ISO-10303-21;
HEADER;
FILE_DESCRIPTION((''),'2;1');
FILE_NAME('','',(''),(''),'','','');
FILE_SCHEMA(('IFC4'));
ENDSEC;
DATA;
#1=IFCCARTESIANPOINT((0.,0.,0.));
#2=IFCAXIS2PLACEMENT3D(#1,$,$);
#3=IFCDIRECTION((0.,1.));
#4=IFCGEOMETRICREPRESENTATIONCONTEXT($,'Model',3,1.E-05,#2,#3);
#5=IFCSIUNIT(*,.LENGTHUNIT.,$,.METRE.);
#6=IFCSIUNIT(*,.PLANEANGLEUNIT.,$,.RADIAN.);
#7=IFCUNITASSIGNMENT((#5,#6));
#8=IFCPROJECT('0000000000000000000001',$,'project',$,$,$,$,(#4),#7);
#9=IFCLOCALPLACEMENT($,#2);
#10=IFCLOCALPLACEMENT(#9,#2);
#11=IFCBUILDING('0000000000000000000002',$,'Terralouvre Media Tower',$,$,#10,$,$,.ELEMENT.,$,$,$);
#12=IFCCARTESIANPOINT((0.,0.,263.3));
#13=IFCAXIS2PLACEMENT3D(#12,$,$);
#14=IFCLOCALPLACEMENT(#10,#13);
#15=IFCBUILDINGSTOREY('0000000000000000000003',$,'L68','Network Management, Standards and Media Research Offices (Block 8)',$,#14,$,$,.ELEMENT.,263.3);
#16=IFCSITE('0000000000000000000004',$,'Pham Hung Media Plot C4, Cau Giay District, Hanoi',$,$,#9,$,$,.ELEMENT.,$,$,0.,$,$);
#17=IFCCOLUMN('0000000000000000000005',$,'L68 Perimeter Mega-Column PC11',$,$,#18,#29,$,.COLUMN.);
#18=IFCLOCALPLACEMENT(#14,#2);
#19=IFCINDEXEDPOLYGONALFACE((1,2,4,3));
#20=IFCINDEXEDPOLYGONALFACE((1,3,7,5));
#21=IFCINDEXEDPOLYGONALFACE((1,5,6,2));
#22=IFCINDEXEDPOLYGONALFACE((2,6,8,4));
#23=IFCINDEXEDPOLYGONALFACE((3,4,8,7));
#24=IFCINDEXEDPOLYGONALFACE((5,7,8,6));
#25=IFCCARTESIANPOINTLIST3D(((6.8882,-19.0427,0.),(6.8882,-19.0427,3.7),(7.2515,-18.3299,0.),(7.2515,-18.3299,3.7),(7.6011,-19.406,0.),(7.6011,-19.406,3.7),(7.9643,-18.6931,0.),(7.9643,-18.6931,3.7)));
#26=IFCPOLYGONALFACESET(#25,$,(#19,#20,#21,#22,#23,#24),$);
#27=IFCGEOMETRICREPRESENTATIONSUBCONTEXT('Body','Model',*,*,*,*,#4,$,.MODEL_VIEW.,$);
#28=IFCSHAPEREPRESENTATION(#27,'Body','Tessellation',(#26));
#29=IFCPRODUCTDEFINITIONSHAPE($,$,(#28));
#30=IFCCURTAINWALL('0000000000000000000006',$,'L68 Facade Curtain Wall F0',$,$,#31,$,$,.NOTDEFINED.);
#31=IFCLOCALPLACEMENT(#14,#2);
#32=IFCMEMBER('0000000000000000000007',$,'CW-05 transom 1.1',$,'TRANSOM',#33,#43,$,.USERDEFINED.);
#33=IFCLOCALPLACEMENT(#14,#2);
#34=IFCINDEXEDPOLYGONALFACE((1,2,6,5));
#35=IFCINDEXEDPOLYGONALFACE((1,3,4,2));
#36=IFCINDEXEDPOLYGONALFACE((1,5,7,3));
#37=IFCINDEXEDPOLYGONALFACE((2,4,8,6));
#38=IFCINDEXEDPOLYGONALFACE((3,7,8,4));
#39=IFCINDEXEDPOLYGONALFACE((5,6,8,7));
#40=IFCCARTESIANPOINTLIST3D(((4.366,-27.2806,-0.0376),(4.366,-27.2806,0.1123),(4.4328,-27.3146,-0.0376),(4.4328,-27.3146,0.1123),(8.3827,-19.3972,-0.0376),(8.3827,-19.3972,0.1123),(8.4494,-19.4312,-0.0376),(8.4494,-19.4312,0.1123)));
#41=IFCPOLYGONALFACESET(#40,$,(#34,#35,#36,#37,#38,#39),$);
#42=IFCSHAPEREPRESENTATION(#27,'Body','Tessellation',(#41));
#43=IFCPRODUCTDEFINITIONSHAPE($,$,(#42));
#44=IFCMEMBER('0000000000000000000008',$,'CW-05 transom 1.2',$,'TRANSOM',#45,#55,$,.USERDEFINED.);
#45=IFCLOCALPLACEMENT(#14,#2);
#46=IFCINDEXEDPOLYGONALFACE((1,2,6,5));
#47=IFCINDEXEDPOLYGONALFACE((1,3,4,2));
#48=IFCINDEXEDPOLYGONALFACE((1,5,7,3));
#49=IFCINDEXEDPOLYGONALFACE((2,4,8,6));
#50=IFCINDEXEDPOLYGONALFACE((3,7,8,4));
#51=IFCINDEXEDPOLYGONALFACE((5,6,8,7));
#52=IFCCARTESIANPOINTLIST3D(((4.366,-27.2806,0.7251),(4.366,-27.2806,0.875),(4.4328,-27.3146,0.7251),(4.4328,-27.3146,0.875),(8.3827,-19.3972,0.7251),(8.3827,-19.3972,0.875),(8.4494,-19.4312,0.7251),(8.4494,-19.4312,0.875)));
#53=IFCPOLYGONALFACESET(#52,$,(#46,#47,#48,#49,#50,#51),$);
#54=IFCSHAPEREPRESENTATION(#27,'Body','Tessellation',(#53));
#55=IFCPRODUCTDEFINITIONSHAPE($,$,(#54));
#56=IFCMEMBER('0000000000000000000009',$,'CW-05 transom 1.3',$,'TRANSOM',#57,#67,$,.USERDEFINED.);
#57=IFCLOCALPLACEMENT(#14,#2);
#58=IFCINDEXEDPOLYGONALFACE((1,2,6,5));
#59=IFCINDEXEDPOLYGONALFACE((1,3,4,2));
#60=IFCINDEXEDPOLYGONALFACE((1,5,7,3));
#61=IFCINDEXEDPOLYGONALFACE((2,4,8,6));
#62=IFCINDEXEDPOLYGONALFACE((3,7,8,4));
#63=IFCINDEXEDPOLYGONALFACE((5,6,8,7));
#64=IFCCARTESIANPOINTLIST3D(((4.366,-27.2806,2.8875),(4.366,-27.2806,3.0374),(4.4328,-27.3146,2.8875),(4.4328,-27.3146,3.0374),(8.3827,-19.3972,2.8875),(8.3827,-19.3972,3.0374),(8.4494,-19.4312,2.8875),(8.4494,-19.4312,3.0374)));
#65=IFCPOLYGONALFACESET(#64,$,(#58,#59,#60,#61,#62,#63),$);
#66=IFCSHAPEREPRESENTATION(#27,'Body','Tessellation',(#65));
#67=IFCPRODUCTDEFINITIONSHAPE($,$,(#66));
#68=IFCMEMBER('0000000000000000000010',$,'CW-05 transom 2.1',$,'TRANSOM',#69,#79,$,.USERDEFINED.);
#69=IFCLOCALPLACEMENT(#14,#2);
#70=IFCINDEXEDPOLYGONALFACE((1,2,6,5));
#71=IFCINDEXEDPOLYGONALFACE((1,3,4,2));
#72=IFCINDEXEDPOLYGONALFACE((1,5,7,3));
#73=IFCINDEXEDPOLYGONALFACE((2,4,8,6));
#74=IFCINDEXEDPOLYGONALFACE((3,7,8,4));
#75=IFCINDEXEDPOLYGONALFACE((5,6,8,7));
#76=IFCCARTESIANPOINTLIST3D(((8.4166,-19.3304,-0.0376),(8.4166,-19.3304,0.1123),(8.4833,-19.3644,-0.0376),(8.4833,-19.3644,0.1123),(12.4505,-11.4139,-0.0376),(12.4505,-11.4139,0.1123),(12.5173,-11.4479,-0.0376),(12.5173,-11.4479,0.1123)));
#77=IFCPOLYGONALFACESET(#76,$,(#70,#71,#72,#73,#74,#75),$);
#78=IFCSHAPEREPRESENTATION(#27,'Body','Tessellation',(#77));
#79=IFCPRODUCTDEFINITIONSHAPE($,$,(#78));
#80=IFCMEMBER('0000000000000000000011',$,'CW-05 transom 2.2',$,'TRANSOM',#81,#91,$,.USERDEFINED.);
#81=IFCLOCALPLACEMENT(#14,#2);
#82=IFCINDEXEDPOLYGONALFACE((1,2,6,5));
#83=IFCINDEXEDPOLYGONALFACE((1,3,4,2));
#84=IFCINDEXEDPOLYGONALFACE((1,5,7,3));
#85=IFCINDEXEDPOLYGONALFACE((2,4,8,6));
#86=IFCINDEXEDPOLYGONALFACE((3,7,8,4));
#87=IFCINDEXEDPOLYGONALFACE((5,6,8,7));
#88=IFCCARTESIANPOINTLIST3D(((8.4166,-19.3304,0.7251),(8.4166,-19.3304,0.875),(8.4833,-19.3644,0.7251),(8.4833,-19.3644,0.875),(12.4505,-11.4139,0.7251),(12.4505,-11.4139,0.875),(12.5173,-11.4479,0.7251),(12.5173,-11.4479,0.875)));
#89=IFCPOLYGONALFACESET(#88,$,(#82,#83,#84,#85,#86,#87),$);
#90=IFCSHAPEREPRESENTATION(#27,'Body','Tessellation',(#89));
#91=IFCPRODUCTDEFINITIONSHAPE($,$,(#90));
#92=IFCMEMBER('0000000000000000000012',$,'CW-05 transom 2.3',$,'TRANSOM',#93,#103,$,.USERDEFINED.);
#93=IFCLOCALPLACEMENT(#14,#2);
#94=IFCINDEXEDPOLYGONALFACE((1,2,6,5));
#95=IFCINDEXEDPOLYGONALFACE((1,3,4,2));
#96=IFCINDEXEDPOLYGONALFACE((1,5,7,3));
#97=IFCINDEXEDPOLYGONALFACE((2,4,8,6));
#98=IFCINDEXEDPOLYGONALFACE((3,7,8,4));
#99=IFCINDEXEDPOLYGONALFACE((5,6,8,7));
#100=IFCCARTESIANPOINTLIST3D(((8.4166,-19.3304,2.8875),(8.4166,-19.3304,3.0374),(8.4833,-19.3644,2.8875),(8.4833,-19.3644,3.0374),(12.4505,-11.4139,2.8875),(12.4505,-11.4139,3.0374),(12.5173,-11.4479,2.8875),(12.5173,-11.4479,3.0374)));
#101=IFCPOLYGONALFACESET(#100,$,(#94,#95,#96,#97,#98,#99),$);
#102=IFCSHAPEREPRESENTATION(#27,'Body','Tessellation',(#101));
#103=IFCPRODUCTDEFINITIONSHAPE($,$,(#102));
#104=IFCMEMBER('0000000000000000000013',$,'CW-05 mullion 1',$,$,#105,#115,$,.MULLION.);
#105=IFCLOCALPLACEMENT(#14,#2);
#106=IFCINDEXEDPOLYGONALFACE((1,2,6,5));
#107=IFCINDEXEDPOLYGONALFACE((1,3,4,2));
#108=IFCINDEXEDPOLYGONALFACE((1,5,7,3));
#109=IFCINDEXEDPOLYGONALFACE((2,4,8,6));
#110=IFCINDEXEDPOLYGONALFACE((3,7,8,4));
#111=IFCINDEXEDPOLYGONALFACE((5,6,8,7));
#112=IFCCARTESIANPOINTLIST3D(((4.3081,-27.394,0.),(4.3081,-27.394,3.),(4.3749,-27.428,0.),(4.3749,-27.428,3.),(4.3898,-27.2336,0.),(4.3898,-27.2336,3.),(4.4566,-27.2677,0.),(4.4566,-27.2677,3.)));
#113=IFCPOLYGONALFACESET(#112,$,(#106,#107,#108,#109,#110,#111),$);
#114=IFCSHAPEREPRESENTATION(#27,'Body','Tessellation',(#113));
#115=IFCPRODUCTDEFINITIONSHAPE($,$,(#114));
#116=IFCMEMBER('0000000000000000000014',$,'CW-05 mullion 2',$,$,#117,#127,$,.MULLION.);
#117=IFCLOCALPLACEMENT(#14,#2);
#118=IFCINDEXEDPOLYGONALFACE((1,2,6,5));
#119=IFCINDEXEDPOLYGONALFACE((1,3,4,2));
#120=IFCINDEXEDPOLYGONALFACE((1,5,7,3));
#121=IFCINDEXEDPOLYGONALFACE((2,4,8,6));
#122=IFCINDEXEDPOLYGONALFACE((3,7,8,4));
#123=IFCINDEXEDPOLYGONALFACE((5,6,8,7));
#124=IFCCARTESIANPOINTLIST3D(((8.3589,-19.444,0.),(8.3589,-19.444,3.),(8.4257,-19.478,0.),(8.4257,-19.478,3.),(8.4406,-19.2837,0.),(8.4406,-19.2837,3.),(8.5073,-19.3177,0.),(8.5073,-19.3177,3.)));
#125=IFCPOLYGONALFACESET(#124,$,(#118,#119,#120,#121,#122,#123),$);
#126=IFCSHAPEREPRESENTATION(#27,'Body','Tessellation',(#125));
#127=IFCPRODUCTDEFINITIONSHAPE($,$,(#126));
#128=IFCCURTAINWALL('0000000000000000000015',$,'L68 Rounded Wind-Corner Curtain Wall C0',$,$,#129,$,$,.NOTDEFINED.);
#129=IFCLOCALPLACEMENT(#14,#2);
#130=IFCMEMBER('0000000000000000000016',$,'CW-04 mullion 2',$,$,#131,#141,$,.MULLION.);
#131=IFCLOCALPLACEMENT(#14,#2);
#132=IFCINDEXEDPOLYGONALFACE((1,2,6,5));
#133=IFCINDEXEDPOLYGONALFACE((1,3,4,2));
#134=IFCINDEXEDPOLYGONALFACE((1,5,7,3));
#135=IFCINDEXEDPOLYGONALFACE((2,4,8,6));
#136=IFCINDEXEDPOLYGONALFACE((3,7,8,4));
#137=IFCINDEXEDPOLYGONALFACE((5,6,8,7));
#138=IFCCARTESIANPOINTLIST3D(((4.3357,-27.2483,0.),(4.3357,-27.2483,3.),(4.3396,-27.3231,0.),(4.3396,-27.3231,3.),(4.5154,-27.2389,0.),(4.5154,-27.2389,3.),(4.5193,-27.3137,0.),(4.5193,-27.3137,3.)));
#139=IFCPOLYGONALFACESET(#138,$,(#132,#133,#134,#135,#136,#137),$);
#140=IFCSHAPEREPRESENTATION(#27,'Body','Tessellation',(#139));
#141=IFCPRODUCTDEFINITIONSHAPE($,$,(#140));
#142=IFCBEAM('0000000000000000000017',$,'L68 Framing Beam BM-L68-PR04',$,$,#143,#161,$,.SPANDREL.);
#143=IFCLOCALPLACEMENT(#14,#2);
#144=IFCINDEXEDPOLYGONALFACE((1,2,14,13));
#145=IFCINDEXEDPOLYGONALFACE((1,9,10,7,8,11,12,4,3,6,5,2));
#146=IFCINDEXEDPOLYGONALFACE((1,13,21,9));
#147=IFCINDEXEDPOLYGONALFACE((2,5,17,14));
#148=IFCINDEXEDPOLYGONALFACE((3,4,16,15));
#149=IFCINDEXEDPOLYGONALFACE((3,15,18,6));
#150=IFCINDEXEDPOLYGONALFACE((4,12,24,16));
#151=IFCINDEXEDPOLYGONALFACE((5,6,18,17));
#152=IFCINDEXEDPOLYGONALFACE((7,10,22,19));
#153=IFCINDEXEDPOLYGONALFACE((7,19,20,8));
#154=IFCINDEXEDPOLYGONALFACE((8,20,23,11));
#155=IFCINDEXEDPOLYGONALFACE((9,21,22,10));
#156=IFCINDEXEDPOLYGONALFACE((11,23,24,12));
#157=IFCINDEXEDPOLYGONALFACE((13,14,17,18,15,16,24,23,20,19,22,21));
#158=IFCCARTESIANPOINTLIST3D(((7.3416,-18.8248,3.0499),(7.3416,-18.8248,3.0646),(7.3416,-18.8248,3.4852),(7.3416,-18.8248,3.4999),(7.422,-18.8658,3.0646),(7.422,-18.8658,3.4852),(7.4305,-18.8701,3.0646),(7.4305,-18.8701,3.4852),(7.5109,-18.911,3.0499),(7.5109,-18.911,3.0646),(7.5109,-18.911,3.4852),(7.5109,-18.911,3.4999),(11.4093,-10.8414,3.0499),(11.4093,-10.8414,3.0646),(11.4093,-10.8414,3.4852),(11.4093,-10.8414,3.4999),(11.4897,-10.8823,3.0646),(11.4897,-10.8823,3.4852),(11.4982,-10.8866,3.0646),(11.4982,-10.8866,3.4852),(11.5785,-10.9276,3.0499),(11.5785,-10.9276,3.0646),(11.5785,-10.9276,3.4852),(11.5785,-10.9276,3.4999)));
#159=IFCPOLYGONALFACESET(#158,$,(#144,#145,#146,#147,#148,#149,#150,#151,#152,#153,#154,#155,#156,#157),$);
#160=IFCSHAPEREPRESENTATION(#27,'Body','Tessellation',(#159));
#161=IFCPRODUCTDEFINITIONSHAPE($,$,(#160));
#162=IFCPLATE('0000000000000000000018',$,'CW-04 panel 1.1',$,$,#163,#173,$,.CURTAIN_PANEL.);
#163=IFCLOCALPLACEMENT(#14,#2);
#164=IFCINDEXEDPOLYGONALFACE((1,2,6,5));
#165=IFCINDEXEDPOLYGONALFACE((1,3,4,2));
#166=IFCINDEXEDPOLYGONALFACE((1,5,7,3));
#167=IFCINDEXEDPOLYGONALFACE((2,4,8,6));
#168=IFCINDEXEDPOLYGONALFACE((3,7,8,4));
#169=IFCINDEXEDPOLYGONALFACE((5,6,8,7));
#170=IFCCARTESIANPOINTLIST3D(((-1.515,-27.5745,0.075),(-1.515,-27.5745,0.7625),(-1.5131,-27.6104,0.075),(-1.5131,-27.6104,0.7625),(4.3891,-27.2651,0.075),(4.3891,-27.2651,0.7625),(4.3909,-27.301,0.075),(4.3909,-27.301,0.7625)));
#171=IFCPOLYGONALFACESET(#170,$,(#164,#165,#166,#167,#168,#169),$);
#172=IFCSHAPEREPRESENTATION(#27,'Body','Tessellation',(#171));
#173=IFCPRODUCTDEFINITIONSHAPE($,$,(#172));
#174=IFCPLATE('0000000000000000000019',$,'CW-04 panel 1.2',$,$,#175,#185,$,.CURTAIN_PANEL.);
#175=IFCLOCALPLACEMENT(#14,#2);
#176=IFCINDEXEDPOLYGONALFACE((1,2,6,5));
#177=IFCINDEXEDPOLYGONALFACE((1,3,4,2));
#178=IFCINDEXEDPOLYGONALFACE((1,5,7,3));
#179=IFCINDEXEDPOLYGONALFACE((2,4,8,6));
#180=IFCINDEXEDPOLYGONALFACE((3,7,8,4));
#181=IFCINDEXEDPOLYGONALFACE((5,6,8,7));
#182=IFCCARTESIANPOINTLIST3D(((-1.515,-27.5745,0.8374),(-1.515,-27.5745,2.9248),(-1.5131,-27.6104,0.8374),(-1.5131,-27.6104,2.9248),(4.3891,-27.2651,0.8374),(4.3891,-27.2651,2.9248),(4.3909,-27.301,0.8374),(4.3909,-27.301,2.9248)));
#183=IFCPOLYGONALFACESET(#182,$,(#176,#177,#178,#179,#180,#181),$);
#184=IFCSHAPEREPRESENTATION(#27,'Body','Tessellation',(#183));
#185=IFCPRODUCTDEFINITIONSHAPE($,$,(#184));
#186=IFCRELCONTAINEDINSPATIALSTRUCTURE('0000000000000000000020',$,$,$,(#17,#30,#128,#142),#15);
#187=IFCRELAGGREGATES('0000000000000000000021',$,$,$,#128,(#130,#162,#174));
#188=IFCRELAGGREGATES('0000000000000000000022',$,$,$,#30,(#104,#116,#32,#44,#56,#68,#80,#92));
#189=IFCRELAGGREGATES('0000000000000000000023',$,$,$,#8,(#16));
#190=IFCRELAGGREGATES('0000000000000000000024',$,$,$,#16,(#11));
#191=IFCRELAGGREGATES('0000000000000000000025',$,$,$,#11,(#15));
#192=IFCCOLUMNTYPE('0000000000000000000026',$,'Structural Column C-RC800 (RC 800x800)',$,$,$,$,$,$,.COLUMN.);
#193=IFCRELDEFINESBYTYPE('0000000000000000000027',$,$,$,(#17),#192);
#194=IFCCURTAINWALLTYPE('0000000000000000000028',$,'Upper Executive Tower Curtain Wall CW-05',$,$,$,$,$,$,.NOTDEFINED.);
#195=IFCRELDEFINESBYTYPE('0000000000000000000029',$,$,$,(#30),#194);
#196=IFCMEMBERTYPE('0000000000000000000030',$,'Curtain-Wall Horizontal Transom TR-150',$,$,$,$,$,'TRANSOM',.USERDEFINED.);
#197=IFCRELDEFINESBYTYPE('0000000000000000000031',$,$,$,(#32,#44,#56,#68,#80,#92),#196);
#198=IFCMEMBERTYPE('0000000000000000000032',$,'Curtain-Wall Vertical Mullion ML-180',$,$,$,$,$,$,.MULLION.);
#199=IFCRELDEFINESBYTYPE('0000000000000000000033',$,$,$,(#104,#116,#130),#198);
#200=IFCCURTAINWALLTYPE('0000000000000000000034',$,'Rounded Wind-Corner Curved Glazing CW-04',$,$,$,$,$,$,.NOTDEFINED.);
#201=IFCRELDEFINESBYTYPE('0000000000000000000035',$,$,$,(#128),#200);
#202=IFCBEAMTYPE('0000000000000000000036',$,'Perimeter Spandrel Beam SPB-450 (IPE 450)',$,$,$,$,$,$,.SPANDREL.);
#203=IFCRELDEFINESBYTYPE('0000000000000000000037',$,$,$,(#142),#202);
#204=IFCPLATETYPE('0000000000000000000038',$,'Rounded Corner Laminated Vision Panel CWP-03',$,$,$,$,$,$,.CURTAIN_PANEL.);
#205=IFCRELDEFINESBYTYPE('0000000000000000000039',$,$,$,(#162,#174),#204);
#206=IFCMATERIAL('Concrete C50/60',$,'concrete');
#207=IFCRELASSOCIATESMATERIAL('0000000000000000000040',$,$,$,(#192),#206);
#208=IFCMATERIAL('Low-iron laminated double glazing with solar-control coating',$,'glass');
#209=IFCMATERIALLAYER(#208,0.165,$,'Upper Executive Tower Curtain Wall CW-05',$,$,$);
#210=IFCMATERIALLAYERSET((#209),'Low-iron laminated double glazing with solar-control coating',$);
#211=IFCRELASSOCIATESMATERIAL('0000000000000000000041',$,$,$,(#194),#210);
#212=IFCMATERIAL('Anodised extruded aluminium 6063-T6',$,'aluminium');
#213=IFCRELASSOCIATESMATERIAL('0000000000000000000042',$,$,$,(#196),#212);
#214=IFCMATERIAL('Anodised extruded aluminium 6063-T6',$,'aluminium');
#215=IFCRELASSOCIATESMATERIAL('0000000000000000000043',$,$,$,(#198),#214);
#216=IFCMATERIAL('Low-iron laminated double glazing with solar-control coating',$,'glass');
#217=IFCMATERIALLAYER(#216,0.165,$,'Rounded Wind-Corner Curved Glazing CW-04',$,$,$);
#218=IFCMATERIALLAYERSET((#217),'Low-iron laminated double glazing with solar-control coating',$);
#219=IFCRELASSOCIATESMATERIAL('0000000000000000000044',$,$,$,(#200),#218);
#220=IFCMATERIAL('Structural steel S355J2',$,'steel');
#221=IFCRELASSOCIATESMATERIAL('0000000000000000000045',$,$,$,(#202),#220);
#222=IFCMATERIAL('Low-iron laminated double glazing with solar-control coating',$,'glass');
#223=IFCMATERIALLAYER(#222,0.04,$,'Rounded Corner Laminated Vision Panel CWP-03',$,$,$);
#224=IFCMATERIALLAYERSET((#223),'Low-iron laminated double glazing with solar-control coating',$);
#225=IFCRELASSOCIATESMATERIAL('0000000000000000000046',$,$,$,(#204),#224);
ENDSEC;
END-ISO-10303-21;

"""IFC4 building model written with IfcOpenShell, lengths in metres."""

from ifc_helpers import new_model, si_unit, direction, frame, origin, origin_2d, place, context, subcontext, project, spatial, rectangle, i_section, extrude, material, layer, layer_set, material_profile, profile_set, type_object, element, aggregate, save


model = new_model("IFC4")

# Units and contexts
model_context = context("Model", 3, precision=1e-05, world=origin(), true_north=direction((0.0, 1.0)))
body_context = subcontext(model_context, "Body", "Model", "MODEL_VIEW")
ifc_project = project(units=[si_unit("LENGTHUNIT", "METRE"), si_unit("PLANEANGLEUNIT", "RADIAN")], contexts=[model_context])

# Site, building, storey
site_placement = place(None, origin())
site = spatial("IfcSite", under=ifc_project, at=site_placement, Name="Pham Hung Media Plot C4, Cau Giay District, Hanoi", CompositionType="ELEMENT", RefElevation=0.0)
building_placement = place(site_placement, origin())
building = spatial("IfcBuilding", under=site, at=building_placement, Name="Terralouvre Media Tower", CompositionType="ELEMENT")
storey_placement = place(building_placement, frame((0.0, 0.0, 263.3)))
storey = spatial("IfcBuildingStorey", under=building, at=storey_placement, Name="L68", Description="Network Management, Standards and Media Research Offices (Block 8)", CompositionType="ELEMENT", Elevation=263.3)

# Column
ifc_material_1 = material(Name="Concrete C50/60", Category="concrete")
ifc_material_profile_1 = material_profile(ifc_material_1, rectangle(XDim=0.8, YDim=0.8, at=origin_2d()), Name="RC 800x800")
ifc_profile_set_1 = profile_set([ifc_material_profile_1], Name="Concrete C50/60")
column_type = type_object("IfcColumnType", Name="Structural Column C-RC800 (RC 800x800)", PredefinedType="COLUMN", material=ifc_profile_set_1)
column_placement = place(storey_placement, frame((7.4263, -18.8679, 0.0), z_axis=(0.0, 0.0, 1.0), x_axis=(0.45399, 0.891007, 0.0)))
element("IfcColumn", 1, at=column_placement, inside=storey, type_object=column_type, Name="L68 Perimeter Mega-Column PC11", PredefinedType="COLUMN", context=body_context, shape_type="SweptSolid", body=[
    extrude(rectangle(XDim=0.8, YDim=0.8, at=origin_2d()), origin(), (0.0, 0.0, 1.0), 3.7),
])

# Curtain wall, members
ifc_material_2 = material(Name="Low-iron laminated double glazing with solar-control coating", Category="glass")
ifc_layer_1 = layer(ifc_material_2, 0.165, Name="Upper Executive Tower Curtain Wall CW-05")
ifc_layer_set_1 = layer_set([ifc_layer_1], Name="Low-iron laminated double glazing with solar-control coating")
curtain_wall_type_1 = type_object("IfcCurtainWallType", Name="Upper Executive Tower Curtain Wall CW-05", PredefinedType="NOTDEFINED", material=ifc_layer_set_1)
curtain_wall_1_placement = place(storey_placement, origin())
curtain_wall_1 = element("IfcCurtainWall", 2, at=curtain_wall_1_placement, inside=storey, type_object=curtain_wall_type_1, Name="L68 Facade Curtain Wall F0", PredefinedType="NOTDEFINED")
ifc_material_3 = material(Name="Anodised extruded aluminium 6063-T6", Category="aluminium")
ifc_material_profile_2 = material_profile(ifc_material_3, rectangle(XDim=0.075, YDim=0.1499, at=origin_2d()), Name="ALU 75x150")
ifc_profile_set_2 = profile_set([ifc_material_profile_2], Name="Anodised extruded aluminium 6063-T6")
member_type_1 = type_object("IfcMemberType", Name="Curtain-Wall Horizontal Transom TR-150", ElementType="TRANSOM", PredefinedType="USERDEFINED", material=ifc_profile_set_2)
member_1_placement = place(storey_placement, frame((4.3994, -27.2976, 0.0374), z_axis=(0.453978, 0.891013, 0.0), x_axis=(-0.891013, 0.453978, 0.0)))
member_1 = element("IfcMember", 3, at=member_1_placement, type_object=member_type_1, Name="CW-05 transom 1.1", ObjectType="TRANSOM", PredefinedType="USERDEFINED", context=body_context, shape_type="SweptSolid", body=[
    extrude(rectangle(XDim=0.075, YDim=0.1499, at=origin_2d()), origin(), (0.0, 0.0, 1.0), 8.8477),
])
member_2_placement = place(storey_placement, frame((4.3994, -27.2976, 0.8), z_axis=(0.453978, 0.891013, 0.0), x_axis=(-0.891013, 0.453978, 0.0)))
member_2 = element("IfcMember", 4, at=member_2_placement, type_object=member_type_1, Name="CW-05 transom 1.2", ObjectType="TRANSOM", PredefinedType="USERDEFINED", context=body_context, shape_type="SweptSolid", body=[
    extrude(rectangle(XDim=0.075, YDim=0.1499, at=origin_2d()), origin(), (0.0, 0.0, 1.0), 8.8477),
])
member_3_placement = place(storey_placement, frame((4.3994, -27.2976, 2.9624), z_axis=(0.453978, 0.891013, 0.0), x_axis=(-0.891013, 0.453978, 0.0)))
member_3 = element("IfcMember", 5, at=member_3_placement, type_object=member_type_1, Name="CW-05 transom 1.3", ObjectType="TRANSOM", PredefinedType="USERDEFINED", context=body_context, shape_type="SweptSolid", body=[
    extrude(rectangle(XDim=0.075, YDim=0.1499, at=origin_2d()), origin(), (0.0, 0.0, 1.0), 8.8477),
])
member_4_placement = place(storey_placement, frame((8.45, -19.3474, 0.0374), z_axis=(0.454015, 0.890994, 0.0), x_axis=(-0.890994, 0.454015, 0.0)))
member_4 = element("IfcMember", 6, at=member_4_placement, type_object=member_type_1, Name="CW-05 transom 2.1", ObjectType="TRANSOM", PredefinedType="USERDEFINED", context=body_context, shape_type="SweptSolid", body=[
    extrude(rectangle(XDim=0.075, YDim=0.1499, at=origin_2d()), origin(), (0.0, 0.0, 1.0), 8.885),
])
member_5_placement = place(storey_placement, frame((8.45, -19.3474, 0.8), z_axis=(0.454015, 0.890994, 0.0), x_axis=(-0.890994, 0.454015, 0.0)))
member_5 = element("IfcMember", 7, at=member_5_placement, type_object=member_type_1, Name="CW-05 transom 2.2", ObjectType="TRANSOM", PredefinedType="USERDEFINED", context=body_context, shape_type="SweptSolid", body=[
    extrude(rectangle(XDim=0.075, YDim=0.1499, at=origin_2d()), origin(), (0.0, 0.0, 1.0), 8.885),
])
member_6_placement = place(storey_placement, frame((8.45, -19.3474, 2.9624), z_axis=(0.454015, 0.890994, 0.0), x_axis=(-0.890994, 0.454015, 0.0)))
member_6 = element("IfcMember", 8, at=member_6_placement, type_object=member_type_1, Name="CW-05 transom 2.3", ObjectType="TRANSOM", PredefinedType="USERDEFINED", context=body_context, shape_type="SweptSolid", body=[
    extrude(rectangle(XDim=0.075, YDim=0.1499, at=origin_2d()), origin(), (0.0, 0.0, 1.0), 8.885),
])
ifc_material_4 = material(Name="Anodised extruded aluminium 6063-T6", Category="aluminium")
ifc_material_profile_3 = material_profile(ifc_material_4, rectangle(XDim=0.075, YDim=0.1799, at=origin_2d()), Name="ALU 75x180")
ifc_profile_set_3 = profile_set([ifc_material_profile_3], Name="Anodised extruded aluminium 6063-T6")
member_type_2 = type_object("IfcMemberType", Name="Curtain-Wall Vertical Mullion ML-180", PredefinedType="MULLION", material=ifc_profile_set_3)
member_7_placement = place(storey_placement, frame((4.3823, -27.3308, 0.0), z_axis=(0.0, 0.0, 1.0), x_axis=(-0.891007, 0.45399, 0.0)))
member_7 = element("IfcMember", 9, at=member_7_placement, type_object=member_type_2, Name="CW-05 mullion 1", PredefinedType="MULLION", context=body_context, shape_type="SweptSolid", body=[
    extrude(rectangle(XDim=0.075, YDim=0.1799, at=origin_2d()), origin(), (0.0, 0.0, 1.0), 3.0),
])
member_8_placement = place(storey_placement, frame((8.4331, -19.3809, 0.0), z_axis=(0.0, 0.0, 1.0), x_axis=(-0.891007, 0.45399, 0.0)))
member_8 = element("IfcMember", 10, at=member_8_placement, type_object=member_type_2, Name="CW-05 mullion 2", PredefinedType="MULLION", context=body_context, shape_type="SweptSolid", body=[
    extrude(rectangle(XDim=0.075, YDim=0.1799, at=origin_2d()), origin(), (0.0, 0.0, 1.0), 3.0),
])

# Curtain wall, member
ifc_material_5 = material(Name="Low-iron laminated double glazing with solar-control coating", Category="glass")
ifc_layer_2 = layer(ifc_material_5, 0.165, Name="Rounded Wind-Corner Curved Glazing CW-04")
ifc_layer_set_2 = layer_set([ifc_layer_2], Name="Low-iron laminated double glazing with solar-control coating")
curtain_wall_type_2 = type_object("IfcCurtainWallType", Name="Rounded Wind-Corner Curved Glazing CW-04", PredefinedType="NOTDEFINED", material=ifc_layer_set_2)
curtain_wall_2_placement = place(storey_placement, origin())
curtain_wall_2 = element("IfcCurtainWall", 11, at=curtain_wall_2_placement, inside=storey, type_object=curtain_wall_type_2, Name="L68 Rounded Wind-Corner Curtain Wall C0", PredefinedType="NOTDEFINED")
member_9_placement = place(storey_placement, frame((4.4275, -27.281, 0.0), z_axis=(0.0, 0.0, 1.0), x_axis=(-0.052336, 0.99863, 0.0)))
member_9 = element("IfcMember", 12, at=member_9_placement, type_object=member_type_2, Name="CW-04 mullion 2", PredefinedType="MULLION", context=body_context, shape_type="SweptSolid", body=[
    extrude(rectangle(XDim=0.075, YDim=0.1799, at=origin_2d()), origin(), (0.0, 0.0, 1.0), 3.0),
])

# Beam
ifc_material_6 = material(Name="Structural steel S355J2", Category="steel")
ifc_material_profile_4 = material_profile(ifc_material_6, i_section(OverallWidth=0.1899, OverallDepth=0.45, WebThickness=0.0095, FlangeThickness=0.0146, at=origin_2d()), Name="IPE 450")
ifc_profile_set_4 = profile_set([ifc_material_profile_4], Name="Structural steel S355J2")
beam_type = type_object("IfcBeamType", Name="Perimeter Spandrel Beam SPB-450 (IPE 450)", PredefinedType="SPANDREL", material=ifc_profile_set_4)
beam_placement = place(storey_placement, frame((7.4263, -18.8679, 3.2749), z_axis=(0.45398, 0.891012, 0.0), x_axis=(-0.891012, 0.45398, 0.0)))
element("IfcBeam", 13, at=beam_placement, inside=storey, type_object=beam_type, Name="L68 Framing Beam BM-L68-PR04", PredefinedType="SPANDREL", context=body_context, shape_type="SweptSolid", body=[
    extrude(i_section(OverallWidth=0.1899, OverallDepth=0.45, WebThickness=0.0095, FlangeThickness=0.0146, at=origin_2d()), origin(), (0.0, 0.0, 1.0), 8.96),
])

# Plates
ifc_material_7 = material(Name="Low-iron laminated double glazing with solar-control coating", Category="glass")
ifc_layer_3 = layer(ifc_material_7, 0.04, Name="Rounded Corner Laminated Vision Panel CWP-03")
ifc_layer_set_3 = layer_set([ifc_layer_3], Name="Low-iron laminated double glazing with solar-control coating")
plate_type_1 = type_object("IfcPlateType", Name="Rounded Corner Laminated Vision Panel CWP-03", PredefinedType="CURTAIN_PANEL", material=ifc_layer_set_3)
plate_1_placement = place(storey_placement, frame((1.438, -27.4377, 0.075), z_axis=(0.0, 0.0, 1.0), x_axis=(0.99863, 0.052336, 0.0)))
plate_1 = element("IfcPlate", 14, at=plate_1_placement, type_object=plate_type_1, Name="CW-04 panel 1.1", PredefinedType="CURTAIN_PANEL", context=body_context, shape_type="SweptSolid", body=[
    extrude(rectangle(XDim=5.9121, YDim=0.0359, at=origin_2d()), origin(), (0.0, 0.0, 1.0), 0.6875),
])
plate_2_placement = place(storey_placement, frame((1.438, -27.4377, 0.8374), z_axis=(0.0, 0.0, 1.0), x_axis=(0.99863, 0.052336, 0.0)))
plate_2 = element("IfcPlate", 15, at=plate_2_placement, type_object=plate_type_1, Name="CW-04 panel 1.2", PredefinedType="CURTAIN_PANEL", context=body_context, shape_type="SweptSolid", body=[
    extrude(rectangle(XDim=5.9121, YDim=0.0359, at=origin_2d()), origin(), (0.0, 0.0, 1.0), 2.0874),
])
aggregate(curtain_wall_2, [member_9, plate_1, plate_2])
aggregate(curtain_wall_1, [member_7, member_8, member_1, member_2, member_3, member_4, member_5, member_6])

save(model, "model.ifc")
